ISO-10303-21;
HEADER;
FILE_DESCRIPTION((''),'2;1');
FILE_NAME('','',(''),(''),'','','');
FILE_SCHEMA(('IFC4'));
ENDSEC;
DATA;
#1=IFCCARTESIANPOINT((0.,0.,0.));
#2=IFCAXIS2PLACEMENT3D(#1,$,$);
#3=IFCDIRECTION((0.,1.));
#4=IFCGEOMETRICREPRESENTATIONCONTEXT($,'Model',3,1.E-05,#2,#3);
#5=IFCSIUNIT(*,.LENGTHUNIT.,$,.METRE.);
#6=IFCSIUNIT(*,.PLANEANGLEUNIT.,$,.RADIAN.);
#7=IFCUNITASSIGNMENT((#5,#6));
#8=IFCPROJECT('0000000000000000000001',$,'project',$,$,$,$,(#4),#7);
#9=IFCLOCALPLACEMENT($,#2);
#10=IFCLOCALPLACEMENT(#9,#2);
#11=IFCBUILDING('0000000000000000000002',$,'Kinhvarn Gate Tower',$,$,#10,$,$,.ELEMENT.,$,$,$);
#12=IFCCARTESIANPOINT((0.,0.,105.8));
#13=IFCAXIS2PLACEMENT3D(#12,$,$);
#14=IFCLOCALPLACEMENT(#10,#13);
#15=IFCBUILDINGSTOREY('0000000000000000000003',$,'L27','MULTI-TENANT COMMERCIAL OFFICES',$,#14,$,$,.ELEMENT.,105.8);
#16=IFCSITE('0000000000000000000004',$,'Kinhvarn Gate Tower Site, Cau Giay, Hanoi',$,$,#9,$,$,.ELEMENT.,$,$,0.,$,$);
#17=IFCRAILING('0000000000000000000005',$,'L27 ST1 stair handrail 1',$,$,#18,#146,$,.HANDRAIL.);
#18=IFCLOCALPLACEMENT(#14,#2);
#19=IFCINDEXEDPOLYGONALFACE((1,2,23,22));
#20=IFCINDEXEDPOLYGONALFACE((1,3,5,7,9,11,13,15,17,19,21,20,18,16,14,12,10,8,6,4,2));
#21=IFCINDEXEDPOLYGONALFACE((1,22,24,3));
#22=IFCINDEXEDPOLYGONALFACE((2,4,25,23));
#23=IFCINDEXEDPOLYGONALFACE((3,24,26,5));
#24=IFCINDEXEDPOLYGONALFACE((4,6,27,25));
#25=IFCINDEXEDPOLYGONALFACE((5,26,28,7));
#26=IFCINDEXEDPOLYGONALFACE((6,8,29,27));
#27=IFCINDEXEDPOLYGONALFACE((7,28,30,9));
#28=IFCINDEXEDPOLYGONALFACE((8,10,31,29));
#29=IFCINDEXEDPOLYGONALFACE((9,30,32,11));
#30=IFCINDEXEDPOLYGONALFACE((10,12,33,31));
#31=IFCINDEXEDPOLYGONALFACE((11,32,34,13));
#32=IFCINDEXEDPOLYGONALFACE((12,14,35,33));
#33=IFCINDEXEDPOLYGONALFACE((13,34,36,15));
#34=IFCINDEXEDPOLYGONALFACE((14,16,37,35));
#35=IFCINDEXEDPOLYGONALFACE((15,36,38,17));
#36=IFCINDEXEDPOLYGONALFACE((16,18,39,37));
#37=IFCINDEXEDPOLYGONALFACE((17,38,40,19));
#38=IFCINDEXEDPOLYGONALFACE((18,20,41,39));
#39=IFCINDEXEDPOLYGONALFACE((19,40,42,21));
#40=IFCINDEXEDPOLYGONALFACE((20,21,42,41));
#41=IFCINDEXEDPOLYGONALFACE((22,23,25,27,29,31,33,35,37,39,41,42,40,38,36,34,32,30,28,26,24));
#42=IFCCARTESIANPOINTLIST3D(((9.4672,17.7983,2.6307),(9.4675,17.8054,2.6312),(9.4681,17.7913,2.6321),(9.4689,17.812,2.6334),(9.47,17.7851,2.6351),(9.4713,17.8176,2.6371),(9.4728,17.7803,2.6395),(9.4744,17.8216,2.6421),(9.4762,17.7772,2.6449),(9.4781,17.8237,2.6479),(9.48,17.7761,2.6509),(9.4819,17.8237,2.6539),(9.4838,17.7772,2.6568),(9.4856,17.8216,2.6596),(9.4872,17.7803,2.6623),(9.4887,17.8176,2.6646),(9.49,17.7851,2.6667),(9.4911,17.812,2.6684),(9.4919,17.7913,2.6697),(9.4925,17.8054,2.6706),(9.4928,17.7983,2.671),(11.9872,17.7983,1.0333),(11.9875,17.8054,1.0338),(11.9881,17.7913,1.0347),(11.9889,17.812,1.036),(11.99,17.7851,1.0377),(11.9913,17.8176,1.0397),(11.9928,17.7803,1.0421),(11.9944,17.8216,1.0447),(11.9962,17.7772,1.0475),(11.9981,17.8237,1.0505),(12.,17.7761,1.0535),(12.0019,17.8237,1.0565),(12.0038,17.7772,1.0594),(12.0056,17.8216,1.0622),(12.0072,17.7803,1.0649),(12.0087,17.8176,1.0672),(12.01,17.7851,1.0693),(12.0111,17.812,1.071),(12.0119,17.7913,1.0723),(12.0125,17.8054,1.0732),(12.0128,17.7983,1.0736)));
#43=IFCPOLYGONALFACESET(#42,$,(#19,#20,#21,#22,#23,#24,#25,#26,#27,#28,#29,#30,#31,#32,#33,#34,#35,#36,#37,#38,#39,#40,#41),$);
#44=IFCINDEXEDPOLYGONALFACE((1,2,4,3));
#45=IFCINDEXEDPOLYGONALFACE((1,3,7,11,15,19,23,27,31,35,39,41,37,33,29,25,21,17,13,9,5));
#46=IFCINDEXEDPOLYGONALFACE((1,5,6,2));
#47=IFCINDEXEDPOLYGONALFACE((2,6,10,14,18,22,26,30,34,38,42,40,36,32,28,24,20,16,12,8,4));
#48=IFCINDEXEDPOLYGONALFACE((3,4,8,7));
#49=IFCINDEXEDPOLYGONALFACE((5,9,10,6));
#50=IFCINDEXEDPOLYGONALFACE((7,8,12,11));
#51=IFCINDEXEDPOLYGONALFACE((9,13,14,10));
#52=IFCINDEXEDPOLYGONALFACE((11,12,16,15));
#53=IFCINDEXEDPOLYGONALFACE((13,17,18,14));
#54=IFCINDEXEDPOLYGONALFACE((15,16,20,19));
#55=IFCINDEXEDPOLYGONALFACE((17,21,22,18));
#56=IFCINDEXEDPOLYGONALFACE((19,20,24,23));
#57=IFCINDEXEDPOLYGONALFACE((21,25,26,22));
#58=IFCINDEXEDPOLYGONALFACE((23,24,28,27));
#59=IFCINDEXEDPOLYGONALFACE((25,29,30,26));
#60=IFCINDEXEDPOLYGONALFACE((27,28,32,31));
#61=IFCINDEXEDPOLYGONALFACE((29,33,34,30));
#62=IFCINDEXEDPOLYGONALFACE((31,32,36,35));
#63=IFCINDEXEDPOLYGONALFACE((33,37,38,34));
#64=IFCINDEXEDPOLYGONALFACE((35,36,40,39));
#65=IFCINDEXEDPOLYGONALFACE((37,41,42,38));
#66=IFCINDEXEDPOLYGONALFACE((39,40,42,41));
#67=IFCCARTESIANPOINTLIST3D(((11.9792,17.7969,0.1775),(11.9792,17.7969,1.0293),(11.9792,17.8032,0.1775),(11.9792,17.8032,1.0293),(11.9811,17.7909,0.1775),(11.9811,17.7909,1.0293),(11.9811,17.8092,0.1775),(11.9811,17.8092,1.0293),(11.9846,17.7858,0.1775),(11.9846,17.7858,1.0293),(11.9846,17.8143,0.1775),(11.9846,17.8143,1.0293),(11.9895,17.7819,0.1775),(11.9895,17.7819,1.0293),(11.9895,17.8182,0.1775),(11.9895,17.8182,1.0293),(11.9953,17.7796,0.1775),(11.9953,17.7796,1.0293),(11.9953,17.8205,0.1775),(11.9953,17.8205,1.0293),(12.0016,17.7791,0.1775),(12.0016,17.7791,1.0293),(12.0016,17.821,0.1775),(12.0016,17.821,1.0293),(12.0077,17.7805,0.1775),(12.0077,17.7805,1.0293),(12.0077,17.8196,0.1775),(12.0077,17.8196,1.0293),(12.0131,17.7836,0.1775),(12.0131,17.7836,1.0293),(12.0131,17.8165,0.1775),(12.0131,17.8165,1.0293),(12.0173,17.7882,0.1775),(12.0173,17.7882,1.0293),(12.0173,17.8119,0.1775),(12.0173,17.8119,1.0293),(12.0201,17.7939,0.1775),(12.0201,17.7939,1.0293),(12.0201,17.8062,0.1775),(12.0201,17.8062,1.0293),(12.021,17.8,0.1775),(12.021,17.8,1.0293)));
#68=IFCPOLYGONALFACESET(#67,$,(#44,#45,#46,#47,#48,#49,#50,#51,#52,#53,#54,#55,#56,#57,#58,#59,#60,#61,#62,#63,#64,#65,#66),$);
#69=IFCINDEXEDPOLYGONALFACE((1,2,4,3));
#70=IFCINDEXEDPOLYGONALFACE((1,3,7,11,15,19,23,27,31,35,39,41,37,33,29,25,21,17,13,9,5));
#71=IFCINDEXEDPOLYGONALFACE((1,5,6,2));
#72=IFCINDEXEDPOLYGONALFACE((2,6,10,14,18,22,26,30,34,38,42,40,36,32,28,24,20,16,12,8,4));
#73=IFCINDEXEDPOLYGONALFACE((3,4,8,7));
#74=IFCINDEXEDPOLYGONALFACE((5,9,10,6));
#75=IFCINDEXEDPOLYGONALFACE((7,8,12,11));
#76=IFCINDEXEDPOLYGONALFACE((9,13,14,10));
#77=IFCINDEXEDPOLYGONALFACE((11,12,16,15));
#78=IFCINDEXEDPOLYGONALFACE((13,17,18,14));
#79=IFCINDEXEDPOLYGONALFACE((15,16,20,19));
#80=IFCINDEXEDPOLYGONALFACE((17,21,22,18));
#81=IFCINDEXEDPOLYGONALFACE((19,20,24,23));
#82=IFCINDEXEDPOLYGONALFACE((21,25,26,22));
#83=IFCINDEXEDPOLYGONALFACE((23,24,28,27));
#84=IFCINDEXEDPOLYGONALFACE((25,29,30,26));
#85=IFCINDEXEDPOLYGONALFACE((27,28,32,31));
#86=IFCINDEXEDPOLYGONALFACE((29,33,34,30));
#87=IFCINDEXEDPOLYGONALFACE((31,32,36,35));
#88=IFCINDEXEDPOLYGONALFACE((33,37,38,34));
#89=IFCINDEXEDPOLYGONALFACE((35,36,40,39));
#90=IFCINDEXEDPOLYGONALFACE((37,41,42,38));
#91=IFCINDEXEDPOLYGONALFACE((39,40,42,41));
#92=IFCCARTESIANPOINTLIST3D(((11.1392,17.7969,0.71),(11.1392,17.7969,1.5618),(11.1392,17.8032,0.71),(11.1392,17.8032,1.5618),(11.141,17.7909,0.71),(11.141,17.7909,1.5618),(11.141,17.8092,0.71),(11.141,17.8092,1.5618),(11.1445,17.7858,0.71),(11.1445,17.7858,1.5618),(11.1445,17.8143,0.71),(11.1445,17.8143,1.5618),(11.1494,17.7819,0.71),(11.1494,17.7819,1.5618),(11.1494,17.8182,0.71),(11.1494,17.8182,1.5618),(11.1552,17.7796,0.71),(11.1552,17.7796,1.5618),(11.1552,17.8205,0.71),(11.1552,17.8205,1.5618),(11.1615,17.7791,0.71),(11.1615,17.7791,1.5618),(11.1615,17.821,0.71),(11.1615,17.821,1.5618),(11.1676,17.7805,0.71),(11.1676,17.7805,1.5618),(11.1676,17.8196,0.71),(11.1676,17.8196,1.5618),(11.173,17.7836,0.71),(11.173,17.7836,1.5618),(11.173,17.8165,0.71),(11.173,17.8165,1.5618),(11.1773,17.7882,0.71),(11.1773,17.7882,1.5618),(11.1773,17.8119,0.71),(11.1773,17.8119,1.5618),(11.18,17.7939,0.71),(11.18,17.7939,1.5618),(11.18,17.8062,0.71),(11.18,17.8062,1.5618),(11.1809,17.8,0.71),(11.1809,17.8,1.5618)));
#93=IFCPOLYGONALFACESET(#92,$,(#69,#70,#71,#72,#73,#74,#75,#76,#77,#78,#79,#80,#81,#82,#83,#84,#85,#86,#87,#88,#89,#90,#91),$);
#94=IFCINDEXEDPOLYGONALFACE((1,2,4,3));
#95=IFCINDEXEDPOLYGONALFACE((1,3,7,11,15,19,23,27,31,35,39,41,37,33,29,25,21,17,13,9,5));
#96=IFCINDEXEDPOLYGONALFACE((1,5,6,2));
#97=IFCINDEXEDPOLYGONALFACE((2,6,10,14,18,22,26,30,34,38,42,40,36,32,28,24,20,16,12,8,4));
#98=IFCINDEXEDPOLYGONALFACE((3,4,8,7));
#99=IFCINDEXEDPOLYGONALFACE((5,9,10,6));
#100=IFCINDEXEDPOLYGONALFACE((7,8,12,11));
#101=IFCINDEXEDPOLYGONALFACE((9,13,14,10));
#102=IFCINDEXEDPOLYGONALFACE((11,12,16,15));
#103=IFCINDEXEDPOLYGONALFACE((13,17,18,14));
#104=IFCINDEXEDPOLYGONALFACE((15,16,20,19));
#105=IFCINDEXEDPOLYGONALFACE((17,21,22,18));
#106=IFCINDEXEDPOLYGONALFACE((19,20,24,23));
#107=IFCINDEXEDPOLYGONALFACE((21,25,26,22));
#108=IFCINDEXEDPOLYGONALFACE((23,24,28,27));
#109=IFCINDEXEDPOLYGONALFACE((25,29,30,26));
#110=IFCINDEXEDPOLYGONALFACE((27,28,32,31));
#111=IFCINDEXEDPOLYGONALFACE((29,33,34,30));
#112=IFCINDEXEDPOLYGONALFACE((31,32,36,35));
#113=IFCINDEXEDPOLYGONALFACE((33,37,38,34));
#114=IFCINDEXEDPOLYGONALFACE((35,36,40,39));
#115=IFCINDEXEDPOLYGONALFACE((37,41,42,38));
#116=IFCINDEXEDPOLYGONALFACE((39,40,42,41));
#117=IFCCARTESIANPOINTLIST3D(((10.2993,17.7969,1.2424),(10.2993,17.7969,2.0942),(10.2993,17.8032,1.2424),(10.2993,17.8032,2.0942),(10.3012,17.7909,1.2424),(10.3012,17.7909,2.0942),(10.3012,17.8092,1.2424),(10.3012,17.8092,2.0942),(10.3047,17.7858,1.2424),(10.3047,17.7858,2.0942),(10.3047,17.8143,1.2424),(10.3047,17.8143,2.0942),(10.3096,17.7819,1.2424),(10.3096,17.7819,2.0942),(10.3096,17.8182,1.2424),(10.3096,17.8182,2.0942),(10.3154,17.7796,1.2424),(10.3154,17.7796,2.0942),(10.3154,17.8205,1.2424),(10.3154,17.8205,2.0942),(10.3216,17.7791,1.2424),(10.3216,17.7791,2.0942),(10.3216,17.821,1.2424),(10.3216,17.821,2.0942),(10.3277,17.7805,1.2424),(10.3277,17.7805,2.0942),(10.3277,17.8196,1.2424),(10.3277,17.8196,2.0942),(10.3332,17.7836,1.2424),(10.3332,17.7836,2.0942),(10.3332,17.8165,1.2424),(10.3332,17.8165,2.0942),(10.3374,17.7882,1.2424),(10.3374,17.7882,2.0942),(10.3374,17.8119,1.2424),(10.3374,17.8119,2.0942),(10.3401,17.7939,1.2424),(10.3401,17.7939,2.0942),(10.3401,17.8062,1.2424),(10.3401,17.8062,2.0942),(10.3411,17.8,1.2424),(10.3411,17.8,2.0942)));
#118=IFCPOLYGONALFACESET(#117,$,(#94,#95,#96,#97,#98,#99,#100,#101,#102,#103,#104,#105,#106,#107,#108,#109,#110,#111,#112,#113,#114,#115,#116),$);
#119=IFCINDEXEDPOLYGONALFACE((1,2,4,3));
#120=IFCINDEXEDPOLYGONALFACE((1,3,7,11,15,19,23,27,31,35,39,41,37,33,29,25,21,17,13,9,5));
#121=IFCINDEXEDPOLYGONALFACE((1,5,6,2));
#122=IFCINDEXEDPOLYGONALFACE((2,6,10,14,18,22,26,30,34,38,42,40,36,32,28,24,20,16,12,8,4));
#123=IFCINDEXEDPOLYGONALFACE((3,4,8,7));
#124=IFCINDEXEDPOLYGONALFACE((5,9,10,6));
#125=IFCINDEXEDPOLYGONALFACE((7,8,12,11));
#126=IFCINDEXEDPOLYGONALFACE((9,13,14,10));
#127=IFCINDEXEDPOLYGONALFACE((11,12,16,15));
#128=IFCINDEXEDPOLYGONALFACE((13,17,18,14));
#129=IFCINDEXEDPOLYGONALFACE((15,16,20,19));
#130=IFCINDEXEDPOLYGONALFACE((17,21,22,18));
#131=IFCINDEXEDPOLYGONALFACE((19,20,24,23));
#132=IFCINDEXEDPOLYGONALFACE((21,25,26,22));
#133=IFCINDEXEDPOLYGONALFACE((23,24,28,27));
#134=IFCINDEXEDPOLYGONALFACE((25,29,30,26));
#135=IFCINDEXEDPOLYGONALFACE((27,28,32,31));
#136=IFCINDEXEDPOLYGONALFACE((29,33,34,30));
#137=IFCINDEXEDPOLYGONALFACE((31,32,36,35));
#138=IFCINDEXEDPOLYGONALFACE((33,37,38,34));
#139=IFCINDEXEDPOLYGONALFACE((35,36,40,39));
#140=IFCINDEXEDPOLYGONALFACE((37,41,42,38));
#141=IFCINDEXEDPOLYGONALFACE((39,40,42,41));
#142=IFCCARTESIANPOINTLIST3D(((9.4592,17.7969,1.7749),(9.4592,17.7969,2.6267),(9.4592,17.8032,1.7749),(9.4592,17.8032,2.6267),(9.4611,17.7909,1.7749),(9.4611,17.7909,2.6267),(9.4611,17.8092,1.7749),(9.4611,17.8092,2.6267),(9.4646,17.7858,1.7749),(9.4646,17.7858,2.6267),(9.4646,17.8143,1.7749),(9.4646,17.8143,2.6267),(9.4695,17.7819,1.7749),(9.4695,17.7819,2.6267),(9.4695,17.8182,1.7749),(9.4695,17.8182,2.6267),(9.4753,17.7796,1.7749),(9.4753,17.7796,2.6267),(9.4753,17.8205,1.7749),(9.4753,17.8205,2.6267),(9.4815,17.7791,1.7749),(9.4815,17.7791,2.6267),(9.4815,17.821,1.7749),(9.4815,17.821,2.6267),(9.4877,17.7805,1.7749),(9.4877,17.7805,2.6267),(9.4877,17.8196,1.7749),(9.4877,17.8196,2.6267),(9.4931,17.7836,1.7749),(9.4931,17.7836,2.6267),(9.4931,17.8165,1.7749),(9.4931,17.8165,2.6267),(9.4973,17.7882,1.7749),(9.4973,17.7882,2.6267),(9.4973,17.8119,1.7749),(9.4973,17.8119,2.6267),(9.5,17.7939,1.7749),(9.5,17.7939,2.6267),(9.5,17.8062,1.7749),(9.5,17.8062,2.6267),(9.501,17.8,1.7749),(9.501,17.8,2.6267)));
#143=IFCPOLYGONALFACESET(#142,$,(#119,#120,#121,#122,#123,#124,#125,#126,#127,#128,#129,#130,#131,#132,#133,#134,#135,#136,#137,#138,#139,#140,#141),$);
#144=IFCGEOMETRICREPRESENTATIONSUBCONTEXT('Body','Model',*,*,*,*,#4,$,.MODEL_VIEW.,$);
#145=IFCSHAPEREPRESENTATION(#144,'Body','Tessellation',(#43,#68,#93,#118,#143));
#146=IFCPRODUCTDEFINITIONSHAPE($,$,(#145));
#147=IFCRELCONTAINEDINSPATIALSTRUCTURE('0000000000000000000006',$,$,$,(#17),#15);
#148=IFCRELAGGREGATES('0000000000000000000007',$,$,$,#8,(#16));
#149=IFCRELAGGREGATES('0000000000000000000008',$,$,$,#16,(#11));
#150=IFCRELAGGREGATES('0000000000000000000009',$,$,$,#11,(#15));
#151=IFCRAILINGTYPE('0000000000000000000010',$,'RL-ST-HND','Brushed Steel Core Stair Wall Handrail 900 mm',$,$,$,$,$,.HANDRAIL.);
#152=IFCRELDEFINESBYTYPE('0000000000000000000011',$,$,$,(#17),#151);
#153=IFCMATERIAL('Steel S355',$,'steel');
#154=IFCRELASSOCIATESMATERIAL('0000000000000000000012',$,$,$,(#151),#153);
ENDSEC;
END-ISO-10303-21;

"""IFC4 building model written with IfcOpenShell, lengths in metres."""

from ifc_helpers import new_model, si_unit, direction, frame, origin, origin_2d, place, context, subcontext, project, spatial, circle, extrude, material, type_object, element, save


model = new_model("IFC4")

# Units and contexts
model_context = context("Model", 3, precision=1e-05, world=origin(), true_north=direction((0.0, 1.0)))
body_context = subcontext(model_context, "Body", "Model", "MODEL_VIEW")
ifc_project = project(units=[si_unit("LENGTHUNIT", "METRE"), si_unit("PLANEANGLEUNIT", "RADIAN")], contexts=[model_context])

# Site, building, storey
site_placement = place(None, origin())
site = spatial("IfcSite", under=ifc_project, at=site_placement, Name="Kinhvarn Gate Tower Site, Cau Giay, Hanoi", CompositionType="ELEMENT", RefElevation=0.0)
building_placement = place(site_placement, origin())
building = spatial("IfcBuilding", under=site, at=building_placement, Name="Kinhvarn Gate Tower", CompositionType="ELEMENT")
storey_placement = place(building_placement, frame((0.0, 0.0, 105.8)))
storey = spatial("IfcBuildingStorey", under=building, at=storey_placement, Name="L27", Description="MULTI-TENANT COMMERCIAL OFFICES", CompositionType="ELEMENT", Elevation=105.8)

# Shared definitions
ifc_material_1 = material(Name="Steel S355", Category="steel")

# Railing
railing_type_1 = type_object("IfcRailingType", Name="RL-ST-HND", Description="Brushed Steel Core Stair Wall Handrail 900 mm", PredefinedType="HANDRAIL", material=ifc_material_1)
railing_1_placement = place(storey_placement, frame((12.0, 17.8, 0.1775)))
element("IfcRailing", 1, at=railing_1_placement, inside=storey, type_object=railing_type_1, Name="L27 ST1 stair handrail 1", PredefinedType="HANDRAIL", context=body_context, shape_type="SweptSolid", body=[
    extrude(circle(Radius=0.0239, at=origin_2d()), frame((0.0, 0.0, 0.876), z_axis=(-0.844607, 0.0, 0.535387), x_axis=(0.0, -1.0, 0.0)), (0.0, 0.0, 1.0), 2.9836),
    extrude(circle(Radius=0.021, at=origin_2d()), origin(), (0.0, 0.0, 1.0), 0.8518),
    extrude(circle(Radius=0.021, at=origin_2d()), frame((-0.8401, 0.0, 0.5325)), (0.0, 0.0, 1.0), 0.8518),
    extrude(circle(Radius=0.021, at=origin_2d()), frame((-1.6799, 0.0, 1.0649)), (0.0, 0.0, 1.0), 0.8518),
    extrude(circle(Radius=0.021, at=origin_2d()), frame((-2.52, 0.0, 1.5974)), (0.0, 0.0, 1.0), 0.8518),
])

save(model, "model.ifc")
